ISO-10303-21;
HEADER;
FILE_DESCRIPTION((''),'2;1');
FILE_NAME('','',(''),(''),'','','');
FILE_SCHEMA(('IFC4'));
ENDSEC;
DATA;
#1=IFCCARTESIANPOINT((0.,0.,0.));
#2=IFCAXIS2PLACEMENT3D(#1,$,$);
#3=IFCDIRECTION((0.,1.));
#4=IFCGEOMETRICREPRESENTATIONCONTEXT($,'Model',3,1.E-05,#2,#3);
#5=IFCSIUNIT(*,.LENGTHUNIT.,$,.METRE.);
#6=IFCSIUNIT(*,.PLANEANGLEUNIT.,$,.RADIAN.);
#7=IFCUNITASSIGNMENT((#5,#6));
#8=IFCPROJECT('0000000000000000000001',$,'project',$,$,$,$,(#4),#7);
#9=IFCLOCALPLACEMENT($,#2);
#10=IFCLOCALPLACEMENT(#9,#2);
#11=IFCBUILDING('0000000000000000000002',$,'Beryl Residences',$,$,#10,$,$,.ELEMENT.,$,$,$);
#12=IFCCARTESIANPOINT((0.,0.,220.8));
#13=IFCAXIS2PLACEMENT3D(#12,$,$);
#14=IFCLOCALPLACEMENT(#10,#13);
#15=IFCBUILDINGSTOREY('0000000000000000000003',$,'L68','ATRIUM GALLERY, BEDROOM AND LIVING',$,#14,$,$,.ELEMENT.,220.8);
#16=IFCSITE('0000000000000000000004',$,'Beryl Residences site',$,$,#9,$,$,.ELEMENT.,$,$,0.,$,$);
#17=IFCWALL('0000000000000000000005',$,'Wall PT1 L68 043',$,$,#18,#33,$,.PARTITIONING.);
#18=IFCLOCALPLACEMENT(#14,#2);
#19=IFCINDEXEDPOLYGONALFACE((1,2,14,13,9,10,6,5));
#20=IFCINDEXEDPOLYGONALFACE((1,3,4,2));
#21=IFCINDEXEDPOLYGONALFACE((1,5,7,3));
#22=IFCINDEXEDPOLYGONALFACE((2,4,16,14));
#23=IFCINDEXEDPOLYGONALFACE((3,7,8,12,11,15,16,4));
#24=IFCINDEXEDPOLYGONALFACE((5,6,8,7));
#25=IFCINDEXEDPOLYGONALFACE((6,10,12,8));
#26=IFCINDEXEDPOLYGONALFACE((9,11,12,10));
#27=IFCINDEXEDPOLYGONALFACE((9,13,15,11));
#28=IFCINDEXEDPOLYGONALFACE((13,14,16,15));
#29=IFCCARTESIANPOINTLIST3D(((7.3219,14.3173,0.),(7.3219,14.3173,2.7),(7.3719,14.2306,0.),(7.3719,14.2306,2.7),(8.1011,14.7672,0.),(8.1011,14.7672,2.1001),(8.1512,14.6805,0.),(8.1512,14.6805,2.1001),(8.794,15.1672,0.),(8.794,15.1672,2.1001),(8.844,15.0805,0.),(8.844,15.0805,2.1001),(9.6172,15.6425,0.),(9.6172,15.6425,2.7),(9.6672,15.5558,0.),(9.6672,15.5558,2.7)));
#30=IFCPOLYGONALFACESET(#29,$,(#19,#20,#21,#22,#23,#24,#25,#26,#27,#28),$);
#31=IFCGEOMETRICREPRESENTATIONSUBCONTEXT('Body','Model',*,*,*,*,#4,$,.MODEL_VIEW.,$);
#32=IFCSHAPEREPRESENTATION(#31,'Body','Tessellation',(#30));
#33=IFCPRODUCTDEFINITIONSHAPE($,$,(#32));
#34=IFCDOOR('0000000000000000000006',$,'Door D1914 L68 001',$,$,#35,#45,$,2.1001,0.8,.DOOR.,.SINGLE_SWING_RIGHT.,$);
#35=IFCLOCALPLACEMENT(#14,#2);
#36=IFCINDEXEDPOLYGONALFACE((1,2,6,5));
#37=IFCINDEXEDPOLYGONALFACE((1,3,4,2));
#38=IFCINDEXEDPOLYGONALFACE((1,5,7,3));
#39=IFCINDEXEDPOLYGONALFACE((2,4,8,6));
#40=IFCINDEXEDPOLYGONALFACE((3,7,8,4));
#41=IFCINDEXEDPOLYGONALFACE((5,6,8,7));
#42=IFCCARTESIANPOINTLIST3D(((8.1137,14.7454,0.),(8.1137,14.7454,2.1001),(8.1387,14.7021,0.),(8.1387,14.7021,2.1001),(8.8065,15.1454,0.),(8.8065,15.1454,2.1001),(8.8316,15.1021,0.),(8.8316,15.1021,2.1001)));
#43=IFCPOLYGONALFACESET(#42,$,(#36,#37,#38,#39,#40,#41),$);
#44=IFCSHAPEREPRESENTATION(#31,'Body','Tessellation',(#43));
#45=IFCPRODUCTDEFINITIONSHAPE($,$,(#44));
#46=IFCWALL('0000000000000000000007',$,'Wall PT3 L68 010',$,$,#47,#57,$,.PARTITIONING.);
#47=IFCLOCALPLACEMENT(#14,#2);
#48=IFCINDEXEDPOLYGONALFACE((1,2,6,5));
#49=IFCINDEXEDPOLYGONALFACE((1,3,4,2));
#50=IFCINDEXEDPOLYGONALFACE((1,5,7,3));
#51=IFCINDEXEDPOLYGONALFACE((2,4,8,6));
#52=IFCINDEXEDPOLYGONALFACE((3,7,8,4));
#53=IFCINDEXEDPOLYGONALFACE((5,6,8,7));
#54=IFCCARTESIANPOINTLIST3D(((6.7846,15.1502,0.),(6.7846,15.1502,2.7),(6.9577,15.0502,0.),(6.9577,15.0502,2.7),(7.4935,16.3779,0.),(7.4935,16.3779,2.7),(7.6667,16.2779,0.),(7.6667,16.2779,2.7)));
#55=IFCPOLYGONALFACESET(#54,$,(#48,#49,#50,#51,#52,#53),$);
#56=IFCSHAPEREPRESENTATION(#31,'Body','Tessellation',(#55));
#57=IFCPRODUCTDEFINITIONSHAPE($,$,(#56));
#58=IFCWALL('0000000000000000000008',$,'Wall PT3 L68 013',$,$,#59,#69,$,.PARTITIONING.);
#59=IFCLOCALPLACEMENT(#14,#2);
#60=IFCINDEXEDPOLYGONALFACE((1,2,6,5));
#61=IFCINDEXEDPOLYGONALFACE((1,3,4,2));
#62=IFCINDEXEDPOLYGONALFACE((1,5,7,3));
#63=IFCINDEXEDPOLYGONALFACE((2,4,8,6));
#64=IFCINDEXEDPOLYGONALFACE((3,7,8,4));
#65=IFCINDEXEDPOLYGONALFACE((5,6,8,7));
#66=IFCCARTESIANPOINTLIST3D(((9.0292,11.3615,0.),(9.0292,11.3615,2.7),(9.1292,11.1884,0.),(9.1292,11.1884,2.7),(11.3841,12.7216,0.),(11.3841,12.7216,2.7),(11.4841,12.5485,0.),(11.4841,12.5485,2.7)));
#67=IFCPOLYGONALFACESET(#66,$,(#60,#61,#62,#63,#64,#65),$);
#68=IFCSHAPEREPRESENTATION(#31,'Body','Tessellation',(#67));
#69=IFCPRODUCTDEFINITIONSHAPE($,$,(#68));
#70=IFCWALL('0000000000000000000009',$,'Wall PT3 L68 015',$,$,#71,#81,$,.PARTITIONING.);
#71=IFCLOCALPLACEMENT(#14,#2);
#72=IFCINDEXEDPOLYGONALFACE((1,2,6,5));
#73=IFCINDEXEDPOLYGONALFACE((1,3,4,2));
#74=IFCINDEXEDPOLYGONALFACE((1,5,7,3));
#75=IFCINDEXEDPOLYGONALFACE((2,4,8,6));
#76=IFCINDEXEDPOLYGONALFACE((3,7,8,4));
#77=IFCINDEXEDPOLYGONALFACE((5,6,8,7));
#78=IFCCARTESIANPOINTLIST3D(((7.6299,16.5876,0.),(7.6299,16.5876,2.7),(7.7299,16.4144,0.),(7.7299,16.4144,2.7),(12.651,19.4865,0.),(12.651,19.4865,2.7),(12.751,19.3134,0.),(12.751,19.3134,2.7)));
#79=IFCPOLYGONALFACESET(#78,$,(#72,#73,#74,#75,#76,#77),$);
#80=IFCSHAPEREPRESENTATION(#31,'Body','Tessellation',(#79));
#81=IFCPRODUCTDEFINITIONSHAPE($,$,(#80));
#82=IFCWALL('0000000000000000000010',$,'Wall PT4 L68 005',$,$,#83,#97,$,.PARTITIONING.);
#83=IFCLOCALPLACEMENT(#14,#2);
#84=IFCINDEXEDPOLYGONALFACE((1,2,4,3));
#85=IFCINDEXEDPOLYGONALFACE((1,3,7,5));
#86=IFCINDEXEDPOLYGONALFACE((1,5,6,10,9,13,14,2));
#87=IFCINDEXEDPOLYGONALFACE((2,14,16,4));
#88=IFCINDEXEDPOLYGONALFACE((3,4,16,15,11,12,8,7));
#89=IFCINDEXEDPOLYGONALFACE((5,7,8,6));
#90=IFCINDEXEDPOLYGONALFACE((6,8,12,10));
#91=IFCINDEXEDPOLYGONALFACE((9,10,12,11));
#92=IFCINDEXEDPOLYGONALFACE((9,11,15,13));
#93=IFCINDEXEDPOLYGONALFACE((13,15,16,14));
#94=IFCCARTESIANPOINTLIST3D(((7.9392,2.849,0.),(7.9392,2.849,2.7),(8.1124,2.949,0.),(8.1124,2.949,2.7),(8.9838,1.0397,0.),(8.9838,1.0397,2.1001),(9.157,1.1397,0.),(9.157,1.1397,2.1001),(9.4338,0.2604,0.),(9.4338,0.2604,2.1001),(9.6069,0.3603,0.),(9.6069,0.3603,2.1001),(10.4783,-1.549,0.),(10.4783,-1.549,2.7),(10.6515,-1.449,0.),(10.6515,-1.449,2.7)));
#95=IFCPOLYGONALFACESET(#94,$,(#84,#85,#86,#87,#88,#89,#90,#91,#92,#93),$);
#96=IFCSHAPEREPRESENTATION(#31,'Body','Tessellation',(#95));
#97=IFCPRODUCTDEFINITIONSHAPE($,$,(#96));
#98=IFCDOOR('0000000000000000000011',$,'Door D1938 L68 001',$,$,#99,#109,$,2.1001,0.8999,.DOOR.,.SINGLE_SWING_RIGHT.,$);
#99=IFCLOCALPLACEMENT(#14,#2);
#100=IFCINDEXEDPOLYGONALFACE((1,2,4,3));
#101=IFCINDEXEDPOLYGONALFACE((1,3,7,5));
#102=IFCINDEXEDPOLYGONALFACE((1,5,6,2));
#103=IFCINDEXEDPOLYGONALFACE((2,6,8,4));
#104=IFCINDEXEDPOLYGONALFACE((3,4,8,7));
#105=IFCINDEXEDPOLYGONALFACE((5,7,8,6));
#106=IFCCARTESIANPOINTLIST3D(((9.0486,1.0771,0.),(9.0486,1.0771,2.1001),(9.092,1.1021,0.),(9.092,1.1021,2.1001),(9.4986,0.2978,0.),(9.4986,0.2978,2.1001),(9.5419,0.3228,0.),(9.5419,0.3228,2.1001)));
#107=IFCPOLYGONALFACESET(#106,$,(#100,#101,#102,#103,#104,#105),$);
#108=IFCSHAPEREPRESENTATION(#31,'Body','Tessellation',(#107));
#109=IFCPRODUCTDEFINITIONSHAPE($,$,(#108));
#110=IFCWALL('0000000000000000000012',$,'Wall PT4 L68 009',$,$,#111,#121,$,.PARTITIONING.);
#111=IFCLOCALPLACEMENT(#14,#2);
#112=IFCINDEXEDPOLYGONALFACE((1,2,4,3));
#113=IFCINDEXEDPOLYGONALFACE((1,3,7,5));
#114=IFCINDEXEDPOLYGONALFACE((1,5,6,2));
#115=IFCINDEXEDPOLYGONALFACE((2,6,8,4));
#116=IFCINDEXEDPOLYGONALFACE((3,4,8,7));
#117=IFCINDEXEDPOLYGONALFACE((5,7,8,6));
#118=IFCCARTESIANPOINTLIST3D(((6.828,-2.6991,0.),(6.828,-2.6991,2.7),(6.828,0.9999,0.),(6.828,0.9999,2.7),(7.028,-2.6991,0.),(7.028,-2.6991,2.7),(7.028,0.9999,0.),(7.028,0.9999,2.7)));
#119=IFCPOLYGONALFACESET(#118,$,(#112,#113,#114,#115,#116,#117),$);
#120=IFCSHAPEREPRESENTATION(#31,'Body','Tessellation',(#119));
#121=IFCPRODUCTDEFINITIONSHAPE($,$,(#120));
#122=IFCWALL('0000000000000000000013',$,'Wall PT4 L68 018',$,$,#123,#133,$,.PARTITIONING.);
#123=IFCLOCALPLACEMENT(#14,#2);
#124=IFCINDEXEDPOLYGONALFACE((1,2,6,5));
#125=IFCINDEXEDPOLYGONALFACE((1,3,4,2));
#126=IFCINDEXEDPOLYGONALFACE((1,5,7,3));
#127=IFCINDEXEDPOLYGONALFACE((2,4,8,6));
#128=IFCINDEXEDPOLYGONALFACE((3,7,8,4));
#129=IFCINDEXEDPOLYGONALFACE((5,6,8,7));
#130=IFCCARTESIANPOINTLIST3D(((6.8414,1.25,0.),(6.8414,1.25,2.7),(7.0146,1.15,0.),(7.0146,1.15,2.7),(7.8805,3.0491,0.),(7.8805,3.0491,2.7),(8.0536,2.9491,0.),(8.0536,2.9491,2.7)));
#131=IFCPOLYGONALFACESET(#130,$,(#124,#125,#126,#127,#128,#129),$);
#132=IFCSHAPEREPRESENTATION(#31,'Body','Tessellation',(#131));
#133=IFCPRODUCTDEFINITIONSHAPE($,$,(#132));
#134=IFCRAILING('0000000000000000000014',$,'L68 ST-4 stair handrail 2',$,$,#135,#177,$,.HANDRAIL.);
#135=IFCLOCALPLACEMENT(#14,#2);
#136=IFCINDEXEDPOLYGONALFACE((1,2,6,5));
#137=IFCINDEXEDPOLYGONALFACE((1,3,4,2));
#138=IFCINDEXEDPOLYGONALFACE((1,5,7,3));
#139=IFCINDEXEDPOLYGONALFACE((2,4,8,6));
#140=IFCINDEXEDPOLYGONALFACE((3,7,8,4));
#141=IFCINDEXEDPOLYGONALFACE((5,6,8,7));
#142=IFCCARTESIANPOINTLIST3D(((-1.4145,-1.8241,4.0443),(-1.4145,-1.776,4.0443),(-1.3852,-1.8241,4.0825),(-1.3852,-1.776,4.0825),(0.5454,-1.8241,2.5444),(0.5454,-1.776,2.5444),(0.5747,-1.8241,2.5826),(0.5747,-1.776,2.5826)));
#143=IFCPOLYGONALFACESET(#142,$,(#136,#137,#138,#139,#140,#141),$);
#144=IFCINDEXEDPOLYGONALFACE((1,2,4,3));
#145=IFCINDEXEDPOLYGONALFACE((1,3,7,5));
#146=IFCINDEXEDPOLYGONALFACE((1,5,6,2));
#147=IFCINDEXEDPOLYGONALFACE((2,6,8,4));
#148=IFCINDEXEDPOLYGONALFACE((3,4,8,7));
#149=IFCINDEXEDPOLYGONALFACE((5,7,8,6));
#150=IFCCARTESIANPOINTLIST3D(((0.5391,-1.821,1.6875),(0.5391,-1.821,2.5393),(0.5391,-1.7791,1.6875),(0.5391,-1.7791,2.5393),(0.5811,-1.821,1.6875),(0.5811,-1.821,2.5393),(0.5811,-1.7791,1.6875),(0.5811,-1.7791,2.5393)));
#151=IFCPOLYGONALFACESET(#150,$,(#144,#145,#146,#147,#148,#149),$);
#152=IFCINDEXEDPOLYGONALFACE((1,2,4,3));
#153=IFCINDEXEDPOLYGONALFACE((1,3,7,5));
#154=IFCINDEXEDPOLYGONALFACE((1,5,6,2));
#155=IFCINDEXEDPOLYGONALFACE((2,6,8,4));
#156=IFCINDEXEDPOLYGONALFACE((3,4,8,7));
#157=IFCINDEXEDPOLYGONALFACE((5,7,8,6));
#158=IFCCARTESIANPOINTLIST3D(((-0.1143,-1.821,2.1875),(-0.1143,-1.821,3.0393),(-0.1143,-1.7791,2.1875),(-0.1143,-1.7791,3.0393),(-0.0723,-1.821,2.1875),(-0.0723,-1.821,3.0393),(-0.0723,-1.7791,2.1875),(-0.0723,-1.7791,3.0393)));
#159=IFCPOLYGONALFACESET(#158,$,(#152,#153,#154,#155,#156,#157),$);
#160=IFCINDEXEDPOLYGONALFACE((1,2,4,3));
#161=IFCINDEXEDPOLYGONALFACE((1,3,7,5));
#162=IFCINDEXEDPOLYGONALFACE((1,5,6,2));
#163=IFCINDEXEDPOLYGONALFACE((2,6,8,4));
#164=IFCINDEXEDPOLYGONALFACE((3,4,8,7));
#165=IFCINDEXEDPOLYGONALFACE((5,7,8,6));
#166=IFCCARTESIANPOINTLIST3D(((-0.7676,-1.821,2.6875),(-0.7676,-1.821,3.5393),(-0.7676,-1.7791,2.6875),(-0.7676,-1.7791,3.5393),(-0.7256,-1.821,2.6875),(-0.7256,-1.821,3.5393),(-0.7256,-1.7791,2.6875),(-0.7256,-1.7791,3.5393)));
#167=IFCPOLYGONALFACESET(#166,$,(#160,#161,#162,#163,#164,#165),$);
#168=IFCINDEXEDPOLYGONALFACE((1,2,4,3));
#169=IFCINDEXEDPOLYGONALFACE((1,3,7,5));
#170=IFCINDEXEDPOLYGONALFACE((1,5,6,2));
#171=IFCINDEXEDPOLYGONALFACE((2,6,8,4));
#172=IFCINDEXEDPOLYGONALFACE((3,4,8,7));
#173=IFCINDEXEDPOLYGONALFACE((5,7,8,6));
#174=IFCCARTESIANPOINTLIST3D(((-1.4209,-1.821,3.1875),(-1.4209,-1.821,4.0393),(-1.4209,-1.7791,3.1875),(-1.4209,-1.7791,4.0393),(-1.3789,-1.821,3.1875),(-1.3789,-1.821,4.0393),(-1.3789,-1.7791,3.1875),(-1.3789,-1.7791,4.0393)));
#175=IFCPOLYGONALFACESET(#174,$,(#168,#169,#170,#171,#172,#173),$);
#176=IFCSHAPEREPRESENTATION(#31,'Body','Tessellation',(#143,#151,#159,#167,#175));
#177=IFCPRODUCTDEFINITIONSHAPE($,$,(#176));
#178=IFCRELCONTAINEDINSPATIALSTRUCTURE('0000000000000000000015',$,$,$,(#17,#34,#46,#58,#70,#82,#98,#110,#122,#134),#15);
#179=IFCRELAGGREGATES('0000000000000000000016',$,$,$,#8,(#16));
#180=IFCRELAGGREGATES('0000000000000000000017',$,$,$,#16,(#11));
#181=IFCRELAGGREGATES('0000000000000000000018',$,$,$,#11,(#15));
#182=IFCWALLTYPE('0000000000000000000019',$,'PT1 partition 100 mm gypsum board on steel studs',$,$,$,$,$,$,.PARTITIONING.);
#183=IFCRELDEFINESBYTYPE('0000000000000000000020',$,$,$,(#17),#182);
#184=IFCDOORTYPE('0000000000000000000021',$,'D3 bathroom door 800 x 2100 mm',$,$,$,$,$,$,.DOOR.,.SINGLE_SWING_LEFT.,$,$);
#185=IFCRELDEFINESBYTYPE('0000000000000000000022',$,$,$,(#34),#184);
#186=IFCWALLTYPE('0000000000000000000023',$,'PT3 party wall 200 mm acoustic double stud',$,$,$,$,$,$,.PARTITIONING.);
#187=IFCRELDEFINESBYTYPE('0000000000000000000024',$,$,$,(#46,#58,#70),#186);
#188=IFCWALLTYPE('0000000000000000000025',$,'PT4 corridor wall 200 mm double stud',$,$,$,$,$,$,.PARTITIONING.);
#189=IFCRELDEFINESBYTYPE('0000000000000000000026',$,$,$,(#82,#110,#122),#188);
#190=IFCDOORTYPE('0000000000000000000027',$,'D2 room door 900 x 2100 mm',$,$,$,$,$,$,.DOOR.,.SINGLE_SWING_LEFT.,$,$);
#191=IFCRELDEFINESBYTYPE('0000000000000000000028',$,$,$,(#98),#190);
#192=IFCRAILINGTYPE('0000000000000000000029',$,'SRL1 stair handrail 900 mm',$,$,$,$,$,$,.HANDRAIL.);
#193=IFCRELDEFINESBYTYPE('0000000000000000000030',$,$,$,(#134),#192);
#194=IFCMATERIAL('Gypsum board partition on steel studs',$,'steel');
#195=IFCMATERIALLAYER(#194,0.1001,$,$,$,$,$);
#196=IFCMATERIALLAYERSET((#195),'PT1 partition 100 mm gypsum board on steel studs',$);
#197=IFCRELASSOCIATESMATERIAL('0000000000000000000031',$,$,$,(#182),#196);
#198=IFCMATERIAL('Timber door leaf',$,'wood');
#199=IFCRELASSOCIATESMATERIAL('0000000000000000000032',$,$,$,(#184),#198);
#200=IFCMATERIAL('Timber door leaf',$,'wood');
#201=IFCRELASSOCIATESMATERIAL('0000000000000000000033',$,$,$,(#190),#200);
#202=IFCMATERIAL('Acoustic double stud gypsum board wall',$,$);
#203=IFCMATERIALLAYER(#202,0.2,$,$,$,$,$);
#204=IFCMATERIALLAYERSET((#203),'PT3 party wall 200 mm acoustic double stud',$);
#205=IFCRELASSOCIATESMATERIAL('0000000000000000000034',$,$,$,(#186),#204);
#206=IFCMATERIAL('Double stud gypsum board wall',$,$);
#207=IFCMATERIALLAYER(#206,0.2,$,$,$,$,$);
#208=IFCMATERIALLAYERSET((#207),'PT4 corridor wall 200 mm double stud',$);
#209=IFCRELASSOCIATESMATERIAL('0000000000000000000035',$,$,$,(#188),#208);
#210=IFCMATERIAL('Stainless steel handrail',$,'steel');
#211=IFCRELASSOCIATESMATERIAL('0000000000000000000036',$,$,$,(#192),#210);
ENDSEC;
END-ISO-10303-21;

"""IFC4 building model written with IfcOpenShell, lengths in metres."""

from ifc_helpers import new_model, si_unit, direction, frame, frame_2d, origin, origin_2d, place, context, subcontext, project, spatial, rectangle, extrude, material, layer, layer_set, type_object, element, fill, save


model = new_model("IFC4")

# Units and contexts
model_context = context("Model", 3, precision=1e-05, world=origin(), true_north=direction((0.0, 1.0)))
body_context = subcontext(model_context, "Body", "Model", "MODEL_VIEW")
ifc_project = project(units=[si_unit("LENGTHUNIT", "METRE"), si_unit("PLANEANGLEUNIT", "RADIAN")], contexts=[model_context])

# Site, building, storey
site_placement = place(None, origin())
site = spatial("IfcSite", under=ifc_project, at=site_placement, Name="Beryl Residences site", CompositionType="ELEMENT", RefElevation=0.0)
building_placement = place(site_placement, origin())
building = spatial("IfcBuilding", under=site, at=building_placement, Name="Beryl Residences", CompositionType="ELEMENT")
storey_placement = place(building_placement, frame((0.0, 0.0, 220.8)))
storey = spatial("IfcBuildingStorey", under=building, at=storey_placement, Name="L68", Description="ATRIUM GALLERY, BEDROOM AND LIVING", CompositionType="ELEMENT", Elevation=220.8)

# Wall, opening, door
ifc_material_1 = material(Name="Gypsum board partition on steel studs", Category="steel")
ifc_layer_1 = layer(ifc_material_1, 0.1001)
ifc_layer_set_1 = layer_set([ifc_layer_1], Name="PT1 partition 100 mm gypsum board on steel studs")
wall_type_1 = type_object("IfcWallType", Name="PT1 partition 100 mm gypsum board on steel studs", PredefinedType="PARTITIONING", material=ifc_layer_set_1)
ifc_material_2 = material(Name="Timber door leaf", Category="wood")
door_type_1 = type_object("IfcDoorType", Name="D3 bathroom door 800 x 2100 mm", OperationType="SINGLE_SWING_LEFT", PredefinedType="DOOR", material=ifc_material_2)
ifc_material_3 = material(Name="Timber door leaf", Category="wood")
door_type_2 = type_object("IfcDoorType", Name="D2 room door 900 x 2100 mm", OperationType="SINGLE_SWING_LEFT", PredefinedType="DOOR", material=ifc_material_3)
wall_1_placement = place(storey_placement, frame((7.3469, 14.2739, 0.0), z_axis=(0.0, 0.0, 1.0), x_axis=(0.866012, 0.500023, 0.0)))
wall_1 = element("IfcWall", 1, at=wall_1_placement, inside=storey, type_object=wall_type_1, Name="Wall PT1 L68 043", PredefinedType="PARTITIONING", context=body_context, shape_type="SweptSolid", body=[
    extrude(rectangle(XDim=2.6504, YDim=0.1001, at=frame_2d((1.3252, 0.0))), origin(), (0.0, 0.0, 1.0), 2.7),
])
opening_1_placement = place(wall_1_placement, frame((0.8999, 0.0, 0.0)))
opening_1 = element("IfcOpeningElement", 2, at=opening_1_placement, cuts=wall_1, PredefinedType="OPENING", context=body_context, shape_type="SweptSolid", body=[
    extrude(rectangle(XDim=0.8, YDim=2.1001, at=frame_2d((0.3999, 1.05))), frame((0.0, 0.0601, 0.0), z_axis=(0.0, -1.0, 0.0), x_axis=(1.0, 0.0, 0.0)), (0.0, 0.0, 1.0), 0.1201),
])
door_1_placement = place(opening_1_placement, origin())
door_1 = element("IfcDoor", 3, at=door_1_placement, inside=storey, type_object=door_type_1, Name="Door D1914 L68 001", OperationType="SINGLE_SWING_RIGHT", OverallHeight=2.1001, OverallWidth=0.8, PredefinedType="DOOR", context=body_context, shape_type="SweptSolid", body=[
    extrude(rectangle(XDim=0.8, YDim=2.1001, at=frame_2d((0.3999, 1.05))), frame((0.0, 0.0249, 0.0), z_axis=(0.0, -1.0, 0.0), x_axis=(1.0, 0.0, 0.0)), (0.0, 0.0, 1.0), 0.05),
])
fill(opening_1, door_1)

# Walls
ifc_material_4 = material(Name="Acoustic double stud gypsum board wall")
ifc_layer_2 = layer(ifc_material_4, 0.2)
ifc_layer_set_2 = layer_set([ifc_layer_2], Name="PT3 party wall 200 mm acoustic double stud")
wall_type_2 = type_object("IfcWallType", Name="PT3 party wall 200 mm acoustic double stud", PredefinedType="PARTITIONING", material=ifc_layer_set_2)
wall_2_placement = place(storey_placement, frame((6.8711, 15.1001, 0.0), z_axis=(0.0, 0.0, 1.0), x_axis=(0.500065, 0.865988, 0.0)))
element("IfcWall", 4, at=wall_2_placement, inside=storey, type_object=wall_type_2, Name="Wall PT3 L68 010", PredefinedType="PARTITIONING", context=body_context, shape_type="SweptSolid", body=[
    extrude(rectangle(XDim=1.4177, YDim=0.2, at=frame_2d((0.709, 0.0))), origin(), (0.0, 0.0, 1.0), 2.7),
])
wall_3_placement = place(storey_placement, frame((9.0791, 11.2749, 0.0), z_axis=(0.0, 0.0, 1.0), x_axis=(0.865952, 0.500127, 0.0)))
element("IfcWall", 5, at=wall_3_placement, inside=storey, type_object=wall_type_2, Name="Wall PT3 L68 013", PredefinedType="PARTITIONING", context=body_context, shape_type="SweptSolid", body=[
    extrude(rectangle(XDim=2.7195, YDim=0.2, at=frame_2d((1.3599, 0.0))), origin(), (0.0, 0.0, 1.0), 2.7),
])
wall_4_placement = place(storey_placement, frame((7.6799, 16.501, 0.0), z_axis=(0.0, 0.0, 1.0), x_axis=(0.866021, 0.500007, 0.0)))
element("IfcWall", 6, at=wall_4_placement, inside=storey, type_object=wall_type_2, Name="Wall PT3 L68 015", PredefinedType="PARTITIONING", context=body_context, shape_type="SweptSolid", body=[
    extrude(rectangle(XDim=5.7979, YDim=0.2, at=frame_2d((2.8989, 0.0))), origin(), (0.0, 0.0, 1.0), 2.7),
])

# Wall, opening, door
ifc_material_5 = material(Name="Double stud gypsum board wall")
ifc_layer_3 = layer(ifc_material_5, 0.2)
ifc_layer_set_3 = layer_set([ifc_layer_3], Name="PT4 corridor wall 200 mm double stud")
wall_type_3 = type_object("IfcWallType", Name="PT4 corridor wall 200 mm double stud", PredefinedType="PARTITIONING", material=ifc_layer_set_3)
wall_5_placement = place(storey_placement, frame((8.0259, 2.8989, 0.0), z_axis=(0.0, 0.0, 1.0), x_axis=(0.499986, -0.866033, 0.0)))
wall_5 = element("IfcWall", 7, at=wall_5_placement, inside=storey, type_object=wall_type_3, Name="Wall PT4 L68 005", PredefinedType="PARTITIONING", context=body_context, shape_type="SweptSolid", body=[
    extrude(rectangle(XDim=5.0784, YDim=0.2, at=frame_2d((2.5391, 0.0))), origin(), (0.0, 0.0, 1.0), 2.7),
])
opening_2_placement = place(wall_5_placement, frame((2.0891, 0.0, 0.0)))
opening_2 = element("IfcOpeningElement", 8, at=opening_2_placement, cuts=wall_5, PredefinedType="OPENING", context=body_context, shape_type="SweptSolid", body=[
    extrude(rectangle(XDim=0.8999, YDim=2.1001, at=frame_2d((0.45, 1.05))), frame((0.0, 0.1099, 0.0), z_axis=(0.0, -1.0, 0.0), x_axis=(1.0, 0.0, 0.0)), (0.0, 0.0, 1.0), 0.22),
])
door_2_placement = place(opening_2_placement, origin())
door_2 = element("IfcDoor", 9, at=door_2_placement, inside=storey, type_object=door_type_2, Name="Door D1938 L68 001", OperationType="SINGLE_SWING_RIGHT", OverallHeight=2.1001, OverallWidth=0.8999, PredefinedType="DOOR", context=body_context, shape_type="SweptSolid", body=[
    extrude(rectangle(XDim=0.8999, YDim=2.1001, at=frame_2d((0.45, 1.05))), frame((0.0, 0.0249, 0.0), z_axis=(0.0, -1.0, 0.0), x_axis=(1.0, 0.0, 0.0)), (0.0, 0.0, 1.0), 0.05),
])
fill(opening_2, door_2)

# Walls
wall_6_placement = place(storey_placement, frame((6.928, 1.0, 0.0), z_axis=(0.0, 0.0, 1.0), x_axis=(0.0, -1.0, 0.0)))
element("IfcWall", 10, at=wall_6_placement, inside=storey, type_object=wall_type_3, Name="Wall PT4 L68 009", PredefinedType="PARTITIONING", context=body_context, shape_type="SweptSolid", body=[
    extrude(rectangle(XDim=3.699, YDim=0.2, at=frame_2d((1.8496, 0.0))), origin(), (0.0, 0.0, 1.0), 2.7),
])
wall_7_placement = place(storey_placement, frame((6.928, 1.2, 0.0), z_axis=(0.0, 0.0, 1.0), x_axis=(0.500133, 0.865949, 0.0)))
element("IfcWall", 11, at=wall_7_placement, inside=storey, type_object=wall_type_3, Name="Wall PT4 L68 018", PredefinedType="PARTITIONING", context=body_context, shape_type="SweptSolid", body=[
    extrude(rectangle(XDim=2.0776, YDim=0.2, at=frame_2d((1.0388, 0.0))), origin(), (0.0, 0.0, 1.0), 2.7),
])

# Railing
ifc_material_6 = material(Name="Stainless steel handrail", Category="steel")
railing_type_1 = type_object("IfcRailingType", Name="SRL1 stair handrail 900 mm", PredefinedType="HANDRAIL", material=ifc_material_6)
railing_1_placement = place(storey_placement, frame((0.5601, -1.8, 1.6875)))
element("IfcRailing", 12, at=railing_1_placement, inside=storey, type_object=railing_type_1, Name="L68 ST-4 stair handrail 2", PredefinedType="HANDRAIL", context=body_context, shape_type="SweptSolid", body=[
    extrude(rectangle(XDim=0.0481, YDim=0.0481, at=origin_2d()), frame((0.0, 0.0, 0.876), z_axis=(-0.794122, 0.0, 0.607758), x_axis=(0.0, -1.0, 0.0)), (0.0, 0.0, 1.0), 2.468),
    extrude(rectangle(XDim=0.042, YDim=0.042, at=origin_2d()), origin(), (0.0, 0.0, 1.0), 0.8518),
    extrude(rectangle(XDim=0.042, YDim=0.042, at=origin_2d()), frame((-0.6533, 0.0, 0.5)), (0.0, 0.0, 1.0), 0.8518),
    extrude(rectangle(XDim=0.042, YDim=0.042, at=origin_2d()), frame((-1.3066, 0.0, 1.0)), (0.0, 0.0, 1.0), 0.8518),
    extrude(rectangle(XDim=0.042, YDim=0.042, at=origin_2d()), frame((-1.96, 0.0, 1.5)), (0.0, 0.0, 1.0), 0.8518),
])

save(model, "model.ifc")
